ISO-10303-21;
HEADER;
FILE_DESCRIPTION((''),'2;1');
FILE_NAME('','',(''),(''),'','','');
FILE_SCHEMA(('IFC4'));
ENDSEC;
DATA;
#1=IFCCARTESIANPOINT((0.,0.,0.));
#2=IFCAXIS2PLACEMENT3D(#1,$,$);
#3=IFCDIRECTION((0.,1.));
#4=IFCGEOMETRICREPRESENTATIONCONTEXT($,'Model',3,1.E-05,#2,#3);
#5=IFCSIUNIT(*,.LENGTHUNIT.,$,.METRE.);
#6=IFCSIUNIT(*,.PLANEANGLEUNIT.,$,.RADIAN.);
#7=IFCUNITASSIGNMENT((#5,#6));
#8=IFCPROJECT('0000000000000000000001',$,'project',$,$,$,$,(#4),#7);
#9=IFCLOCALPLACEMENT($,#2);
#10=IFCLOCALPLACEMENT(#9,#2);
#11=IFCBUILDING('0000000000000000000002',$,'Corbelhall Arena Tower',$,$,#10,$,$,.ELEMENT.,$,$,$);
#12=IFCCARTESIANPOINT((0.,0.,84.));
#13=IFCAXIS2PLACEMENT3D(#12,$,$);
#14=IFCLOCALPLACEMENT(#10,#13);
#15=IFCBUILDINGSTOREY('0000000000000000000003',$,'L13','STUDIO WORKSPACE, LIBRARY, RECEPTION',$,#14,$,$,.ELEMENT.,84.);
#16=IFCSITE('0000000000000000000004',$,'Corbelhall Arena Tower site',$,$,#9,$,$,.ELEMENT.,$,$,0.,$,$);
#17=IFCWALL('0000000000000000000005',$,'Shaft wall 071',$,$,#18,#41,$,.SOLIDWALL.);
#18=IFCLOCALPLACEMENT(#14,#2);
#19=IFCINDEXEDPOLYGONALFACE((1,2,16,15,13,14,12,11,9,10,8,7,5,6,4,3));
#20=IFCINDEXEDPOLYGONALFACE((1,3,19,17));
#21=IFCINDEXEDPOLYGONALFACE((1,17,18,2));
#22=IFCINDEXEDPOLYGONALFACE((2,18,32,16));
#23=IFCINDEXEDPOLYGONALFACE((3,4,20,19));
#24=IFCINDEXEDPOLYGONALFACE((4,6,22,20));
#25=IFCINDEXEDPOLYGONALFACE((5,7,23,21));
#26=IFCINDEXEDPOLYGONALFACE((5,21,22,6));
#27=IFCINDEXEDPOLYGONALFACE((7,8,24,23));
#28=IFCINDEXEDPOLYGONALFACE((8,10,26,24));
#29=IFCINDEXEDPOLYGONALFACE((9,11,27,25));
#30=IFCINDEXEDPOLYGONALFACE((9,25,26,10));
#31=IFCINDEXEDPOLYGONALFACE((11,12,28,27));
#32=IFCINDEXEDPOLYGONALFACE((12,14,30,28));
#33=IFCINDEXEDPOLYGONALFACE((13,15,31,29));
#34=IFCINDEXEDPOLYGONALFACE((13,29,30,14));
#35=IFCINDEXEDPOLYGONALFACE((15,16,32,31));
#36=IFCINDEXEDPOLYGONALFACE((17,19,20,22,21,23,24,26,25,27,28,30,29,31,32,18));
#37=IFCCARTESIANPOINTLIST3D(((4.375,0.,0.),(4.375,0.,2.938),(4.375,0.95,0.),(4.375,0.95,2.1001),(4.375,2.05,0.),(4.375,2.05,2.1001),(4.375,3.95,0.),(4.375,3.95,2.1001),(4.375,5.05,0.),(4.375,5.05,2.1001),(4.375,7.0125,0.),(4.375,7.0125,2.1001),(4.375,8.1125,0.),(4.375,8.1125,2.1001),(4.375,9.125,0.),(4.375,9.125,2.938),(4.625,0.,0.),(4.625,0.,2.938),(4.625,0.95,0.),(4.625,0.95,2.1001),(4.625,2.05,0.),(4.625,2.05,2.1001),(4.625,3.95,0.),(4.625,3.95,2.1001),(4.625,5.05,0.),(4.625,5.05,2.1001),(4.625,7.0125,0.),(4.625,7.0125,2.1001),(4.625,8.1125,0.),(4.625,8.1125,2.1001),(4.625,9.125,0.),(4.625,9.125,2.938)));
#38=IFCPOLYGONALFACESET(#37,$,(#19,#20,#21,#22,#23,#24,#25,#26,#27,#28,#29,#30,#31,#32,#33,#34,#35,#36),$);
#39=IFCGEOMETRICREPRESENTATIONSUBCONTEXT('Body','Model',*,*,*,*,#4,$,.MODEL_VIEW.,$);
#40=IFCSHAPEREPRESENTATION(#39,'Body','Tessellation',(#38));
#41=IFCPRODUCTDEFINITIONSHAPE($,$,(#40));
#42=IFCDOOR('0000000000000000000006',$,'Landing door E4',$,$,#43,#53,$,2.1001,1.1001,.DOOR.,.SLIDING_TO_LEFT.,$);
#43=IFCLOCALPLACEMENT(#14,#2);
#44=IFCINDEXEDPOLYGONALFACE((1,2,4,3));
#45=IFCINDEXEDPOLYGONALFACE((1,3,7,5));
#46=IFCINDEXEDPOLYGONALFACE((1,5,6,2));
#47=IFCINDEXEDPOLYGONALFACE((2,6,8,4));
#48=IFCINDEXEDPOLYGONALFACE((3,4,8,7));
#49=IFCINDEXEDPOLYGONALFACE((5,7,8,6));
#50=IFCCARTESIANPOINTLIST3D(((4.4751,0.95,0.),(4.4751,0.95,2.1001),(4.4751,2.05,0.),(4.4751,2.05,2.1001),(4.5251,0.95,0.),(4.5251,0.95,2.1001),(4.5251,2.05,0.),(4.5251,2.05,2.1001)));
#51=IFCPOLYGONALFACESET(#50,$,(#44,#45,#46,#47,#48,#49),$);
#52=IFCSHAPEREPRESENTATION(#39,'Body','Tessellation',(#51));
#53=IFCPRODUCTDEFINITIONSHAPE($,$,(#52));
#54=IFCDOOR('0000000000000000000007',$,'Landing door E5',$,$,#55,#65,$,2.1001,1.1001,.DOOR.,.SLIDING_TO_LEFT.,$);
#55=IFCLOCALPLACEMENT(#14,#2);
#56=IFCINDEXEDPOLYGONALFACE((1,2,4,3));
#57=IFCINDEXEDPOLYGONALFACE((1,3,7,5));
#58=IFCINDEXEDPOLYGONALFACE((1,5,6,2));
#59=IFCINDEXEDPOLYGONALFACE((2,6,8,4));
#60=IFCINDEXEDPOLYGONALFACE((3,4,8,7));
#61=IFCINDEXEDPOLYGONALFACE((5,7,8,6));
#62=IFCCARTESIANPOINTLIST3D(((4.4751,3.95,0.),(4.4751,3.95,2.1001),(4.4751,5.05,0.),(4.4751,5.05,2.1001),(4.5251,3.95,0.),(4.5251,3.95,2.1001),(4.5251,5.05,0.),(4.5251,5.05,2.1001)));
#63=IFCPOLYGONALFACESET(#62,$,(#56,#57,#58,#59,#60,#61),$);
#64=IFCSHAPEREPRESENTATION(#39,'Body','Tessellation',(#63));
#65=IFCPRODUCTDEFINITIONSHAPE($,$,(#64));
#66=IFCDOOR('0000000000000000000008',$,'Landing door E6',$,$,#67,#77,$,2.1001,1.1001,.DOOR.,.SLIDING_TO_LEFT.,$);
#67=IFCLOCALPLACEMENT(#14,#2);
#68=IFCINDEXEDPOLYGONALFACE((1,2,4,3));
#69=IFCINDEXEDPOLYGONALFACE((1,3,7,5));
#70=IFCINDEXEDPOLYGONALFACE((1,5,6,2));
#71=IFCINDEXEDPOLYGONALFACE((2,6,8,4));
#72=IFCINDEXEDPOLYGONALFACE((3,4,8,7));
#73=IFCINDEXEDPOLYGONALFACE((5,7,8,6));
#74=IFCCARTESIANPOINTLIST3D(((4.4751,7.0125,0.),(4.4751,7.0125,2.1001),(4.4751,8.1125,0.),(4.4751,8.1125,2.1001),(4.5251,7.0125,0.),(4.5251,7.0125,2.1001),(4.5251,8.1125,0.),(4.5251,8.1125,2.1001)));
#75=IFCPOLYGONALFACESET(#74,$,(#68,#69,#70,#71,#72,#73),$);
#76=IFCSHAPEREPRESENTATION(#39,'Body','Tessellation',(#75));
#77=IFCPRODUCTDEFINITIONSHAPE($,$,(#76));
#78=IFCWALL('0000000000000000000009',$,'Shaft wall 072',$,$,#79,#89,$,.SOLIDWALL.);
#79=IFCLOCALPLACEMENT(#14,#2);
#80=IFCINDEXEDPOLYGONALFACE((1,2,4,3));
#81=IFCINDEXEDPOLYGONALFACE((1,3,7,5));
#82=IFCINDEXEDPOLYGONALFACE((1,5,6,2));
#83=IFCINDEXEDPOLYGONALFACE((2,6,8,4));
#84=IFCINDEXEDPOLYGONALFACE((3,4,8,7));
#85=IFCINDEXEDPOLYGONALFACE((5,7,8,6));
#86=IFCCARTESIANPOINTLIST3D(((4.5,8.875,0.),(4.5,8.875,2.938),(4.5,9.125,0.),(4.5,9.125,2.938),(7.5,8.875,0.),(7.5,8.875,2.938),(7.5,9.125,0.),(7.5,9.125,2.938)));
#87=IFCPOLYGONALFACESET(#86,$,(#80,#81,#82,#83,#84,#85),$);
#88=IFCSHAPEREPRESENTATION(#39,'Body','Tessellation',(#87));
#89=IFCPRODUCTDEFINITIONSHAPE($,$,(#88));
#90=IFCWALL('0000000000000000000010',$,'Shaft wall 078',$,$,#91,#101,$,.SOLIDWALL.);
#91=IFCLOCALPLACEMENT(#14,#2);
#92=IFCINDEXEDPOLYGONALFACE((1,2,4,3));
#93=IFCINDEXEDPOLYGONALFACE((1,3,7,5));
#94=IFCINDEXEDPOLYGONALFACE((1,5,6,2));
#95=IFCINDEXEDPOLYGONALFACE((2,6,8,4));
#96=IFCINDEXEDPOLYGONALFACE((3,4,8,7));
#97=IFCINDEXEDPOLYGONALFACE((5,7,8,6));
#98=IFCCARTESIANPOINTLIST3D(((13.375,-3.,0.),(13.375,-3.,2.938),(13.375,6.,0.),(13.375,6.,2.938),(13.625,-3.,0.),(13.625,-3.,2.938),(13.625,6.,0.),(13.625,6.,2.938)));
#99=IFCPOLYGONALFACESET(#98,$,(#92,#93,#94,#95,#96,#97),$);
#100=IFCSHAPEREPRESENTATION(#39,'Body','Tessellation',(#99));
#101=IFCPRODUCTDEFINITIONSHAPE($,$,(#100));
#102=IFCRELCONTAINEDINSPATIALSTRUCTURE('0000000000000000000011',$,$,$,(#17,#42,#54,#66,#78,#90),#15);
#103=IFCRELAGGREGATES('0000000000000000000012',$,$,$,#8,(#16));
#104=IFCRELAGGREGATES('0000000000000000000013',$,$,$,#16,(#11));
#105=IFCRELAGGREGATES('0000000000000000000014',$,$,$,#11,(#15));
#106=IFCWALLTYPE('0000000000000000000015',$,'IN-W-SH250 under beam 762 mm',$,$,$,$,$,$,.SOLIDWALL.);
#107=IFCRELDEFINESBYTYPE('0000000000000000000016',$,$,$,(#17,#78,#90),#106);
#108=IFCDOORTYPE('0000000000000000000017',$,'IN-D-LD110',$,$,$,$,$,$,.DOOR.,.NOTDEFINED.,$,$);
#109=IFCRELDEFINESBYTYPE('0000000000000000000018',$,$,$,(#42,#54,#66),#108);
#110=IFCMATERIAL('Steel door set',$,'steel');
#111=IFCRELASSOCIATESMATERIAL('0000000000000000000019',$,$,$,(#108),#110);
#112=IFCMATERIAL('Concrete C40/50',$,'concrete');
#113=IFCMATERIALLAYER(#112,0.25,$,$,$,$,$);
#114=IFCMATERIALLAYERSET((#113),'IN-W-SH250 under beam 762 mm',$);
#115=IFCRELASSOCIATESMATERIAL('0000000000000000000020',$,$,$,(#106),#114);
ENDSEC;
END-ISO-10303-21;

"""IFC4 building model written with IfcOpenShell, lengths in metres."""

from ifc_helpers import new_model, si_unit, direction, frame, frame_2d, origin, place, context, subcontext, project, spatial, rectangle, extrude, material, layer, layer_set, type_object, element, fill, save


model = new_model("IFC4")

# Units and contexts
model_context = context("Model", 3, precision=1e-05, world=origin(), true_north=direction((0.0, 1.0)))
body_context = subcontext(model_context, "Body", "Model", "MODEL_VIEW")
ifc_project = project(units=[si_unit("LENGTHUNIT", "METRE"), si_unit("PLANEANGLEUNIT", "RADIAN")], contexts=[model_context])

# Site, building, storey
site_placement = place(None, origin())
site = spatial("IfcSite", under=ifc_project, at=site_placement, Name="Corbelhall Arena Tower site", CompositionType="ELEMENT", RefElevation=0.0)
building_placement = place(site_placement, origin())
building = spatial("IfcBuilding", under=site, at=building_placement, Name="Corbelhall Arena Tower", CompositionType="ELEMENT")
storey_placement = place(building_placement, frame((0.0, 0.0, 84.0)))
storey = spatial("IfcBuildingStorey", under=building, at=storey_placement, Name="L13", Description="STUDIO WORKSPACE, LIBRARY, RECEPTION", CompositionType="ELEMENT", Elevation=84.0)

# Shared definitions
ifc_material_1 = material(Name="Concrete C40/50", Category="concrete")

# Shared definitions
ifc_material_2 = material(Name="Steel door set", Category="steel")

# Shared definitions
door_type_1 = type_object("IfcDoorType", Name="IN-D-LD110", OperationType="NOTDEFINED", PredefinedType="DOOR", material=ifc_material_2)

# Wall, openings, doors
ifc_layer_1 = layer(ifc_material_1, 0.25)
ifc_layer_set_1 = layer_set([ifc_layer_1], Name="IN-W-SH250 under beam 762 mm")
wall_type_1 = type_object("IfcWallType", Name="IN-W-SH250 under beam 762 mm", PredefinedType="SOLIDWALL", material=ifc_layer_set_1)
wall_1_placement = place(storey_placement, frame((4.5, 0.0, 0.0), z_axis=(0.0, 0.0, 1.0), x_axis=(0.0, 1.0, 0.0)))
wall_1 = element("IfcWall", 1, at=wall_1_placement, inside=storey, type_object=wall_type_1, Name="Shaft wall 071", PredefinedType="SOLIDWALL", context=body_context, shape_type="SweptSolid", body=[
    extrude(rectangle(XDim=9.125, YDim=0.25, at=frame_2d((4.5625, 0.0))), origin(), (0.0, 0.0, 1.0), 2.938),
])
opening_1_placement = place(wall_1_placement, frame((0.95, 0.0, 0.0)))
opening_1 = element("IfcOpeningElement", 2, at=opening_1_placement, cuts=wall_1, PredefinedType="OPENING", context=body_context, shape_type="SweptSolid", body=[
    extrude(rectangle(XDim=1.1001, YDim=2.1001, at=frame_2d((0.55, 1.05))), frame((0.0, 0.125, 0.0), z_axis=(0.0, -1.0, 0.0), x_axis=(1.0, 0.0, 0.0)), (0.0, 0.0, 1.0), 0.25),
])
opening_2_placement = place(wall_1_placement, frame((3.95, 0.0, 0.0)))
opening_2 = element("IfcOpeningElement", 3, at=opening_2_placement, cuts=wall_1, PredefinedType="OPENING", context=body_context, shape_type="SweptSolid", body=[
    extrude(rectangle(XDim=1.1001, YDim=2.1001, at=frame_2d((0.55, 1.05))), frame((0.0, 0.125, 0.0), z_axis=(0.0, -1.0, 0.0), x_axis=(1.0, 0.0, 0.0)), (0.0, 0.0, 1.0), 0.25),
])
opening_3_placement = place(wall_1_placement, frame((7.0125, 0.0, 0.0)))
opening_3 = element("IfcOpeningElement", 4, at=opening_3_placement, cuts=wall_1, PredefinedType="OPENING", context=body_context, shape_type="SweptSolid", body=[
    extrude(rectangle(XDim=1.1001, YDim=2.1001, at=frame_2d((0.55, 1.05))), frame((0.0, 0.125, 0.0), z_axis=(0.0, -1.0, 0.0), x_axis=(1.0, 0.0, 0.0)), (0.0, 0.0, 1.0), 0.25),
])
door_1_placement = place(opening_1_placement, origin())
door_1 = element("IfcDoor", 5, at=door_1_placement, inside=storey, type_object=door_type_1, Name="Landing door E4", OperationType="SLIDING_TO_LEFT", OverallHeight=2.1001, OverallWidth=1.1001, PredefinedType="DOOR", context=body_context, shape_type="SweptSolid", body=[
    extrude(rectangle(XDim=1.1001, YDim=2.1001, at=frame_2d((0.55, 1.05))), frame((0.0, 0.0249, 0.0), z_axis=(0.0, -1.0, 0.0), x_axis=(1.0, 0.0, 0.0)), (0.0, 0.0, 1.0), 0.05),
])
fill(opening_1, door_1)
door_2_placement = place(opening_2_placement, origin())
door_2 = element("IfcDoor", 6, at=door_2_placement, inside=storey, type_object=door_type_1, Name="Landing door E5", OperationType="SLIDING_TO_LEFT", OverallHeight=2.1001, OverallWidth=1.1001, PredefinedType="DOOR", context=body_context, shape_type="SweptSolid", body=[
    extrude(rectangle(XDim=1.1001, YDim=2.1001, at=frame_2d((0.55, 1.05))), frame((0.0, 0.0249, 0.0), z_axis=(0.0, -1.0, 0.0), x_axis=(1.0, 0.0, 0.0)), (0.0, 0.0, 1.0), 0.05),
])
fill(opening_2, door_2)
door_3_placement = place(opening_3_placement, origin())
door_3 = element("IfcDoor", 7, at=door_3_placement, inside=storey, type_object=door_type_1, Name="Landing door E6", OperationType="SLIDING_TO_LEFT", OverallHeight=2.1001, OverallWidth=1.1001, PredefinedType="DOOR", context=body_context, shape_type="SweptSolid", body=[
    extrude(rectangle(XDim=1.1001, YDim=2.1001, at=frame_2d((0.55, 1.05))), frame((0.0, 0.0249, 0.0), z_axis=(0.0, -1.0, 0.0), x_axis=(1.0, 0.0, 0.0)), (0.0, 0.0, 1.0), 0.05),
])
fill(opening_3, door_3)

# Walls
wall_2_placement = place(storey_placement, frame((4.5, 9.0, 0.0), z_axis=(0.0, 0.0, 1.0), x_axis=(1.0, 0.0, 0.0)))
element("IfcWall", 8, at=wall_2_placement, inside=storey, type_object=wall_type_1, Name="Shaft wall 072", PredefinedType="SOLIDWALL", context=body_context, shape_type="SweptSolid", body=[
    extrude(rectangle(XDim=3.0, YDim=0.25, at=frame_2d((1.5, 0.0))), origin(), (0.0, 0.0, 1.0), 2.938),
])
wall_3_placement = place(storey_placement, frame((13.5, 6.0, 0.0), z_axis=(0.0, 0.0, 1.0), x_axis=(0.0, -1.0, 0.0)))
element("IfcWall", 9, at=wall_3_placement, inside=storey, type_object=wall_type_1, Name="Shaft wall 078", PredefinedType="SOLIDWALL", context=body_context, shape_type="SweptSolid", body=[
    extrude(rectangle(XDim=9.0, YDim=0.25, at=frame_2d((4.5, 0.0))), origin(), (0.0, 0.0, 1.0), 2.938),
])

save(model, "model.ifc")
